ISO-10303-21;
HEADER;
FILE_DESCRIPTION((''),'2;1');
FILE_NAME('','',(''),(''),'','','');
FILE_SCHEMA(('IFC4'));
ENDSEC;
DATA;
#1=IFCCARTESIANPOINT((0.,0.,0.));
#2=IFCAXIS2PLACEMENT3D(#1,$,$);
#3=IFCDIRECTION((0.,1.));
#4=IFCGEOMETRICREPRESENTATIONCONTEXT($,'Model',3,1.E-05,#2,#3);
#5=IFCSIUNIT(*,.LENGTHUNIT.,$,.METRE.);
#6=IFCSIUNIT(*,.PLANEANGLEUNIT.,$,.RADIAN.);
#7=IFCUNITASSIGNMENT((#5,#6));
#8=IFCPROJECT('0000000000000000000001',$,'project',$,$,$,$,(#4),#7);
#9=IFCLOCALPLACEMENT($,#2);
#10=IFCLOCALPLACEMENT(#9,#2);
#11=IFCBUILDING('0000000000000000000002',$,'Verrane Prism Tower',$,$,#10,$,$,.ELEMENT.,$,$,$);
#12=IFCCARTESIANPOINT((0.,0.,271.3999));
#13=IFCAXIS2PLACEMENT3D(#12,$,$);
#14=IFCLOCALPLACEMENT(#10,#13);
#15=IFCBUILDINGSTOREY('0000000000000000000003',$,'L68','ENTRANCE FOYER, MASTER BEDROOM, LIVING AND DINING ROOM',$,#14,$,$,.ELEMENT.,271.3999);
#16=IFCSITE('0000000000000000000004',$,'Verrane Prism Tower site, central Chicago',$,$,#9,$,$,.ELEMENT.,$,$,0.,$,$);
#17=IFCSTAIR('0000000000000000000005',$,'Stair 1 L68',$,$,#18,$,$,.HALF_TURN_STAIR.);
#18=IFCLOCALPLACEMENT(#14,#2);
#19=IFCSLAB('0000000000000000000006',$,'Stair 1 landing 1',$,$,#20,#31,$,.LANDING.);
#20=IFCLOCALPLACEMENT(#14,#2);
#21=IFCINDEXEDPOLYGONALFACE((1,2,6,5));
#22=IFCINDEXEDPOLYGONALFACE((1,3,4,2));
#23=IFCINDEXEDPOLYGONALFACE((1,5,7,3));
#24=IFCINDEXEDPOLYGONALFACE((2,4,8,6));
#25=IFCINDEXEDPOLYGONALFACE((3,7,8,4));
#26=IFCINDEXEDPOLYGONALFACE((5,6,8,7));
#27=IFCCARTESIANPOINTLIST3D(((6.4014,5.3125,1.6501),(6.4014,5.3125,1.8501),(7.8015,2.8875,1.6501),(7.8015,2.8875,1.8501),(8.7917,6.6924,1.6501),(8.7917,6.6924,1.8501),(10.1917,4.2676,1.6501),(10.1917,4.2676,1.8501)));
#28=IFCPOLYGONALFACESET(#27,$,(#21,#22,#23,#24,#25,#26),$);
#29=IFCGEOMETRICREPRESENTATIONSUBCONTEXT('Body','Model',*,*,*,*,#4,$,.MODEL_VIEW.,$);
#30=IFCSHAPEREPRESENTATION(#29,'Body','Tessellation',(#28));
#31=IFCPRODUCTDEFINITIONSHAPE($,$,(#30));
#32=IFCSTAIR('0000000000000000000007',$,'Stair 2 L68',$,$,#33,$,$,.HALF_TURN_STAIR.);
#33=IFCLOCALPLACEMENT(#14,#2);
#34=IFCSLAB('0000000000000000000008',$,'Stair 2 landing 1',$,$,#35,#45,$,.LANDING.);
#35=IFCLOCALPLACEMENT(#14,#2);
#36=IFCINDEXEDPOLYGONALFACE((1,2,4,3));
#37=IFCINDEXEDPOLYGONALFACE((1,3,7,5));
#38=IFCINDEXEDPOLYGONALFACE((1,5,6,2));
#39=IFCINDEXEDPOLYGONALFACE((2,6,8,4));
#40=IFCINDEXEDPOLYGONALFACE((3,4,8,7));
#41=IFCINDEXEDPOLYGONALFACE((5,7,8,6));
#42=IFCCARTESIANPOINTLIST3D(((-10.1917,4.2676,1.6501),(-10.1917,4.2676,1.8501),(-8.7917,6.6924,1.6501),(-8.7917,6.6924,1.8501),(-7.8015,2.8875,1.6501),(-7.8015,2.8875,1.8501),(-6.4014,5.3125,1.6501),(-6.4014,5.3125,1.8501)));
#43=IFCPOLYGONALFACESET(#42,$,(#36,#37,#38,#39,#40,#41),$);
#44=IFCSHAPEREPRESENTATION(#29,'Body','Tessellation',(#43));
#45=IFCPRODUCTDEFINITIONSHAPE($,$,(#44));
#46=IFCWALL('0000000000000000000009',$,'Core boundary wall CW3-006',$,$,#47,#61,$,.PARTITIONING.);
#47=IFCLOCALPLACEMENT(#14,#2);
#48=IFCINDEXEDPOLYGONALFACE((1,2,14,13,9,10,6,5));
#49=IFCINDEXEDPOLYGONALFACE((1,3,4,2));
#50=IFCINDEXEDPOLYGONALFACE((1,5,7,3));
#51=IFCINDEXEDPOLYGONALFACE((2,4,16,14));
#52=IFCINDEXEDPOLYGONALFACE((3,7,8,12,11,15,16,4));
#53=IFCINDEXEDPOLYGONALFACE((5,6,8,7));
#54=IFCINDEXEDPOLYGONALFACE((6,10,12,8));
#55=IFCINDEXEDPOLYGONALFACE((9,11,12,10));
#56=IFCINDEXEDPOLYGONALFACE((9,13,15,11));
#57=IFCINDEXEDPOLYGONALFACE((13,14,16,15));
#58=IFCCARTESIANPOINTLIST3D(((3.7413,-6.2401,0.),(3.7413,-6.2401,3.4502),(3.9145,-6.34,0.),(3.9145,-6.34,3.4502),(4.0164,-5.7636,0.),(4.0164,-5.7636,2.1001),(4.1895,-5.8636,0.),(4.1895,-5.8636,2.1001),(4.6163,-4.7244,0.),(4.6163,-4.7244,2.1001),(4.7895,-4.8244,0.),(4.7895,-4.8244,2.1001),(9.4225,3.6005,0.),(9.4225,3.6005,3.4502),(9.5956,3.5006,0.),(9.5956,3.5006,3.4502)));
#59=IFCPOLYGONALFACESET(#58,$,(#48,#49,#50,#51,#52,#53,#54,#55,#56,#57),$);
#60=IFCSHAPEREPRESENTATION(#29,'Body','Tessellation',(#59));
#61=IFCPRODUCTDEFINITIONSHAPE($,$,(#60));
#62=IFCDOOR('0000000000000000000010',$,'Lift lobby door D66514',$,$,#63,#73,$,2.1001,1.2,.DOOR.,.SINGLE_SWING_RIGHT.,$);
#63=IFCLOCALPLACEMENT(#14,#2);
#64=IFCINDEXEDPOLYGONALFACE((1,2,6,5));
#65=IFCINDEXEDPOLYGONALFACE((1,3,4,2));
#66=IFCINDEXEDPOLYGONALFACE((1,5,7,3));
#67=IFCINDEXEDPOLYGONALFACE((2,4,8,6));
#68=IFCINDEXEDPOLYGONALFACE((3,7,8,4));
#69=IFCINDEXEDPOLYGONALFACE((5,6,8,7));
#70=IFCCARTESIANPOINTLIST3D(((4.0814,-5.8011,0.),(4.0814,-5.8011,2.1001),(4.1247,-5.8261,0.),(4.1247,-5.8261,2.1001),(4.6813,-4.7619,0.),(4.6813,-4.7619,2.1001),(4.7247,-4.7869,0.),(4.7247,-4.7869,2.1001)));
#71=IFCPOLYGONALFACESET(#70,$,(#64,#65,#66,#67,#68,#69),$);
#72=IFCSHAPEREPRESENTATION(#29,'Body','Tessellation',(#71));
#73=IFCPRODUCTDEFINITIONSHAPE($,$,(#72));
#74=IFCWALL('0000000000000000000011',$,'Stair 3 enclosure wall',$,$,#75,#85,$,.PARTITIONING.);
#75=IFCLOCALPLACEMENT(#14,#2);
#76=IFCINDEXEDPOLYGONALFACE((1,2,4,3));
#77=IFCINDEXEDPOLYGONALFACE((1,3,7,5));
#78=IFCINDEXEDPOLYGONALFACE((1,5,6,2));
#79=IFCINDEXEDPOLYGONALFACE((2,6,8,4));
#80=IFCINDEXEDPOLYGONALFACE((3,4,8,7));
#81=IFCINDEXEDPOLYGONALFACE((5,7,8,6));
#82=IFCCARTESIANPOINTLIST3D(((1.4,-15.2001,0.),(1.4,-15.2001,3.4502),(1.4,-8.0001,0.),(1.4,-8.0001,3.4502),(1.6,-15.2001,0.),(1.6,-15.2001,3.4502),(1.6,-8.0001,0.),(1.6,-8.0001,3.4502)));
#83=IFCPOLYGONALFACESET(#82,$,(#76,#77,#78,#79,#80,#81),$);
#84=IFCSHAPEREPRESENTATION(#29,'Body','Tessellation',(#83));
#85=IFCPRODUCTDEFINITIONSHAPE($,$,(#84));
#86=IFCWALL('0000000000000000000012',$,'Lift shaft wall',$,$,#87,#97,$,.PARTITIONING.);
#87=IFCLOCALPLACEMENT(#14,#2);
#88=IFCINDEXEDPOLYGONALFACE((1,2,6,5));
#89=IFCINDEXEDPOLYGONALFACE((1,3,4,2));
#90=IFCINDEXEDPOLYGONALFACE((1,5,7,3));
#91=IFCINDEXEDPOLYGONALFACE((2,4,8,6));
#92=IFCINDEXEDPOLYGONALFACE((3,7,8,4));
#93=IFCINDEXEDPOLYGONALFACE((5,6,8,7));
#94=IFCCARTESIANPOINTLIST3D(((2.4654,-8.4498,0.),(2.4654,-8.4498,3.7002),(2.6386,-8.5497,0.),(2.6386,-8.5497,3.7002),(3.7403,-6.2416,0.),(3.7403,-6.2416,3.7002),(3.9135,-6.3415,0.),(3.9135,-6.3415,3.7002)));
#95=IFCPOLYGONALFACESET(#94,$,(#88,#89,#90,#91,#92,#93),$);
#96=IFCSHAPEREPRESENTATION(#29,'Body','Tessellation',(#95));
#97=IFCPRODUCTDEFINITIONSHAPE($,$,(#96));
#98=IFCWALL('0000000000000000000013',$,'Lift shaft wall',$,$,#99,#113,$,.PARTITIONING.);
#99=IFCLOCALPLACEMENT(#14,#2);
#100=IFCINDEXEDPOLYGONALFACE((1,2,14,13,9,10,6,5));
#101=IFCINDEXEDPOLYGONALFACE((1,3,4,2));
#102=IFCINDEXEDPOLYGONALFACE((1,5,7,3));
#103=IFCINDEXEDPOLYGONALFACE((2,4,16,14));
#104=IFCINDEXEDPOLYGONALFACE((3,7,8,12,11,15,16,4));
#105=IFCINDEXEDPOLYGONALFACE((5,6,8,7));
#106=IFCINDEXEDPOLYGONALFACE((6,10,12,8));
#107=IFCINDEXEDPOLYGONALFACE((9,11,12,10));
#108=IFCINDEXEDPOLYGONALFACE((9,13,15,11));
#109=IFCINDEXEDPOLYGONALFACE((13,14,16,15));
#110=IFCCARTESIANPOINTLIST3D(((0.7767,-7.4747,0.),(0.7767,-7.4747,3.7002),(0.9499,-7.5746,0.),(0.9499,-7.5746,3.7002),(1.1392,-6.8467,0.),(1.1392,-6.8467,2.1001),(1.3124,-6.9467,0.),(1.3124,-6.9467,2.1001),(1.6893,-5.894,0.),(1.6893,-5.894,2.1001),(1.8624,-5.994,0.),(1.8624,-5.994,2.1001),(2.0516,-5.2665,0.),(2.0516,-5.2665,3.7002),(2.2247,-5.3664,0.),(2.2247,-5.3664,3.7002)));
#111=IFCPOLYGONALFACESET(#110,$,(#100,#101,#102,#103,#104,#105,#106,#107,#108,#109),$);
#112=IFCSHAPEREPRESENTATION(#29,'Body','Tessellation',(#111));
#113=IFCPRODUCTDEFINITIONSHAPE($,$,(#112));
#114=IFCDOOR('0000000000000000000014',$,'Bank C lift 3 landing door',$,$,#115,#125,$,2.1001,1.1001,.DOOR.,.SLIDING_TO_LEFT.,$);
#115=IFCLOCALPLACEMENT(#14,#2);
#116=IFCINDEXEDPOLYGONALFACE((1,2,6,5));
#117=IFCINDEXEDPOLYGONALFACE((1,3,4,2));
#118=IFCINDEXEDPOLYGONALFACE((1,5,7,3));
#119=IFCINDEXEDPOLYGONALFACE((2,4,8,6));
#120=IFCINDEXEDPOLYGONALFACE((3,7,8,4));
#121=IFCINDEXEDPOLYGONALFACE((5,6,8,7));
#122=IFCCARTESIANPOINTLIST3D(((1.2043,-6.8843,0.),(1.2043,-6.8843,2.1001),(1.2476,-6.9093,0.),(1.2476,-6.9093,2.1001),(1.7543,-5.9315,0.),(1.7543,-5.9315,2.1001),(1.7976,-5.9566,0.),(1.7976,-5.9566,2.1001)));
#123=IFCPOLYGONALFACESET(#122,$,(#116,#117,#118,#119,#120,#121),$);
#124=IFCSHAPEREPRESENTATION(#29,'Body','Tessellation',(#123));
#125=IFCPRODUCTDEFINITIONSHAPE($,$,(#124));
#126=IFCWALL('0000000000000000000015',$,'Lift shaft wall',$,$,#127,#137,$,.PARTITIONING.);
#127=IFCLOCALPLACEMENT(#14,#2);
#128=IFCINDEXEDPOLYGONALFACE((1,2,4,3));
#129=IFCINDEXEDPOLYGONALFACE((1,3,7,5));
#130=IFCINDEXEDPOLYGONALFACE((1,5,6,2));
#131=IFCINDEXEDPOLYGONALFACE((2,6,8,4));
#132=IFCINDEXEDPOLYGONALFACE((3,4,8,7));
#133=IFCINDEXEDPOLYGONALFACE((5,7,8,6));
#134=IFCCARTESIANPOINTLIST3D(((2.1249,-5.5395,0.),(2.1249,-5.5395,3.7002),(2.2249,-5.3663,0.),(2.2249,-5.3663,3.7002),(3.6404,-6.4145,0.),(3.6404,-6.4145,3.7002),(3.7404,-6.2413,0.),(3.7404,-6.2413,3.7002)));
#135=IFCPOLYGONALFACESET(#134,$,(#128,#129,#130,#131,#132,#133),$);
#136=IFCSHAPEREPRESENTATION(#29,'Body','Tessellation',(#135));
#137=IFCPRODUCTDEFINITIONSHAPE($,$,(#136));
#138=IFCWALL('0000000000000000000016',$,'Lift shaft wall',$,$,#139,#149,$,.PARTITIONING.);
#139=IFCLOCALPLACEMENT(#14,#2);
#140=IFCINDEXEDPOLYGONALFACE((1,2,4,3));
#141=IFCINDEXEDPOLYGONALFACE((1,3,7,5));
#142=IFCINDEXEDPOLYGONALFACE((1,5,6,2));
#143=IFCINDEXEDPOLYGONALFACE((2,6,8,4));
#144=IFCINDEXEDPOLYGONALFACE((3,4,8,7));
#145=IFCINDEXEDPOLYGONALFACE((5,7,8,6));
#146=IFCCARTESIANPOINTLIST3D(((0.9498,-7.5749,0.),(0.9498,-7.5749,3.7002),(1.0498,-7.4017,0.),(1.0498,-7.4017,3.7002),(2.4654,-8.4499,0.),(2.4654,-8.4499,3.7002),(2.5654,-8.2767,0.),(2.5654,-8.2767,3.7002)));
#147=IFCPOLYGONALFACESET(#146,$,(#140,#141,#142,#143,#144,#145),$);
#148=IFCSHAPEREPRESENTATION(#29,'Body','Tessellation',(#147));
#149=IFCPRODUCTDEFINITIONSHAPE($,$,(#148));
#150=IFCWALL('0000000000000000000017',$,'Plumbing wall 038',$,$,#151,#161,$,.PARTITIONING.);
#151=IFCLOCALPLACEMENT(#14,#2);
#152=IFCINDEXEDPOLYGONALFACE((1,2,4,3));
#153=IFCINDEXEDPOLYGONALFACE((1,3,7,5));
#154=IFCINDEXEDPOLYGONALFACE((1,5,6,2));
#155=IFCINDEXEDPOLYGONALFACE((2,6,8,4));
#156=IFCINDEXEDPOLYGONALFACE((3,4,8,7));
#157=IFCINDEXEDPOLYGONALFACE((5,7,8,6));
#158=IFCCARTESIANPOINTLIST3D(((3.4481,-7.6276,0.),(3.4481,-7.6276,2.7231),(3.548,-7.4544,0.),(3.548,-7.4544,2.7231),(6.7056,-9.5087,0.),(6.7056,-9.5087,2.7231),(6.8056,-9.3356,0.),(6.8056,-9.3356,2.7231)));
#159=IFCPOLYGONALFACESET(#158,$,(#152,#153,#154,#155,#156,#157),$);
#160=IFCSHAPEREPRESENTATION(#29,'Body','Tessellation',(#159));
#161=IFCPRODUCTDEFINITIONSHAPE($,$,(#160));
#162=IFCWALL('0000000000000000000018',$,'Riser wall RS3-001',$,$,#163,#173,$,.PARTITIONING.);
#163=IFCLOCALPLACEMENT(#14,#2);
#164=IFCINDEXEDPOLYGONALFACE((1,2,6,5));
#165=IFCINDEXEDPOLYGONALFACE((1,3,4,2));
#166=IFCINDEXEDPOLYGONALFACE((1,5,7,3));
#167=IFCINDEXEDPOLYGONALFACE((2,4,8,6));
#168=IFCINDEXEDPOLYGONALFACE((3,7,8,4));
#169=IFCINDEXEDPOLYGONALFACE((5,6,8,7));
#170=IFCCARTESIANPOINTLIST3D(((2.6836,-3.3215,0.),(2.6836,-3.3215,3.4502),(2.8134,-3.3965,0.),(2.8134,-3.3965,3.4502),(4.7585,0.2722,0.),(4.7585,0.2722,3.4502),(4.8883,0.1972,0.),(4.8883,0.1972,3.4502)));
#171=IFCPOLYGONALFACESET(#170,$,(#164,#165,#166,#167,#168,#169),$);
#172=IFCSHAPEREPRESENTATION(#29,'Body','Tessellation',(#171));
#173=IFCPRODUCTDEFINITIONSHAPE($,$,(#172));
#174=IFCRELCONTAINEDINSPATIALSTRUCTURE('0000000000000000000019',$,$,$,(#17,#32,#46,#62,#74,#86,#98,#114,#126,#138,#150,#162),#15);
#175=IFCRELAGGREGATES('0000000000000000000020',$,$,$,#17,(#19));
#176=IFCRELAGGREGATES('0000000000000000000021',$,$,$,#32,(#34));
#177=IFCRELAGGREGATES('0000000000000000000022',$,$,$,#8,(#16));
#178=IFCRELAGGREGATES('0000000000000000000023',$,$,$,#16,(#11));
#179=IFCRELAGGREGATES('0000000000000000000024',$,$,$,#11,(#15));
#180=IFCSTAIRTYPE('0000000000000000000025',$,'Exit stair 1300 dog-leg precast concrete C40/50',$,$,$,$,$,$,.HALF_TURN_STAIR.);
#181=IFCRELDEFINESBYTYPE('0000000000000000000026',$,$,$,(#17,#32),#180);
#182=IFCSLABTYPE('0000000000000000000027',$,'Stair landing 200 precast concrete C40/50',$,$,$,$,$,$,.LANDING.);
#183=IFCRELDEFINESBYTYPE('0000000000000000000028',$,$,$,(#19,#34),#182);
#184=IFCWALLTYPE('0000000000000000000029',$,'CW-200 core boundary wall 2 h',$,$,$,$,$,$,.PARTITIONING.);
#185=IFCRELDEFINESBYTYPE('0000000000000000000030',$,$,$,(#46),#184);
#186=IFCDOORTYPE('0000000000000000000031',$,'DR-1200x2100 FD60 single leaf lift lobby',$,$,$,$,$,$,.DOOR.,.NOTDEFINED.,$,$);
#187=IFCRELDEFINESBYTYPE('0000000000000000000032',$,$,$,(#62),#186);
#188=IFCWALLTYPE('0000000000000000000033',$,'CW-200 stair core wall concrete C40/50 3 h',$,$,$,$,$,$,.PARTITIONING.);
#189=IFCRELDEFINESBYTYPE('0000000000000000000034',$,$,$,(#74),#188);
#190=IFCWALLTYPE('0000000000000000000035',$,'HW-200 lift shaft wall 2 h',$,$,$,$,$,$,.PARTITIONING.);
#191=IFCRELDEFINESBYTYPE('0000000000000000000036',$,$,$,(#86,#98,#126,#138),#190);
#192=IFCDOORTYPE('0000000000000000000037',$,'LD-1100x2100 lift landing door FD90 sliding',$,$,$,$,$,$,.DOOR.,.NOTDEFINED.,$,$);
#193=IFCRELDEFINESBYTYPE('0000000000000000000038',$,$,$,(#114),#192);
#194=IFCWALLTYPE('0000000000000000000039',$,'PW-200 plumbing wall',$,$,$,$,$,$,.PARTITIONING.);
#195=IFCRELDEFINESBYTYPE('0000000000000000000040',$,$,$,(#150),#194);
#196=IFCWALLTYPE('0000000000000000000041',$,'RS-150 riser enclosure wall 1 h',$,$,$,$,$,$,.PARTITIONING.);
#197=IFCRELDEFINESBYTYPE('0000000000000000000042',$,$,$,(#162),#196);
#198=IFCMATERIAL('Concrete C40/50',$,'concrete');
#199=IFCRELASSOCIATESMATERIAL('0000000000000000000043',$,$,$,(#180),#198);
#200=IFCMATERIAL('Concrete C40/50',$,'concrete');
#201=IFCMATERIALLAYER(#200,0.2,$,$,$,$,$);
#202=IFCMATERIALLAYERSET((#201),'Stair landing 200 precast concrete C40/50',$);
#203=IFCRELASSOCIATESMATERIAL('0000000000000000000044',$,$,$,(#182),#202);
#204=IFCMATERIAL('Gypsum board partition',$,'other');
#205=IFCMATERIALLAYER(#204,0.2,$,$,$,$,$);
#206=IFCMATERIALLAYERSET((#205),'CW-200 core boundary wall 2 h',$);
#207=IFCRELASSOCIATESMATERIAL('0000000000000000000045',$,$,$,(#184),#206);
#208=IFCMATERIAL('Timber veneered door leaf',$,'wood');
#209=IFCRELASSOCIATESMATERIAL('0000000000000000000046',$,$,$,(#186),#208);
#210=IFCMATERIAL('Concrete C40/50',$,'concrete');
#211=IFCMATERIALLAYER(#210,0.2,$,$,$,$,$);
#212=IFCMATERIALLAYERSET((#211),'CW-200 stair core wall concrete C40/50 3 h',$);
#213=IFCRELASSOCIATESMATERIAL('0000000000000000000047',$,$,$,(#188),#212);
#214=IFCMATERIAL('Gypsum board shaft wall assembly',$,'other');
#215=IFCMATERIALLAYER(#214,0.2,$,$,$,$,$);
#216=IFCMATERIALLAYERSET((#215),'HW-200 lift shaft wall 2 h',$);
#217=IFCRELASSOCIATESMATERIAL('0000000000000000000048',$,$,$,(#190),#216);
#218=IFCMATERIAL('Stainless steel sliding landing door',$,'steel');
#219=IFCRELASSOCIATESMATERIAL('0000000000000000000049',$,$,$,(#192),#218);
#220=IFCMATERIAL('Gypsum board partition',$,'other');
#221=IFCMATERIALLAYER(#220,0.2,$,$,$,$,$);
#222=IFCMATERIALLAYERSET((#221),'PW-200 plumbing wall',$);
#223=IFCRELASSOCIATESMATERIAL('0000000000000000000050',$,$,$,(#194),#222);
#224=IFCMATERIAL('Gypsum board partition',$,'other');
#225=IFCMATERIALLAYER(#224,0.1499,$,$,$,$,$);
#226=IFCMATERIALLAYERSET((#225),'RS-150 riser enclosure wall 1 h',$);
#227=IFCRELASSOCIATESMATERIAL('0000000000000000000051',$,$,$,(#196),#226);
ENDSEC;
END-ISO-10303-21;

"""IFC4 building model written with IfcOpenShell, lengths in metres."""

from ifc_helpers import new_model, si_unit, direction, frame, frame_2d, origin, place, context, subcontext, project, spatial, polyline, rectangle, outline, extrude, material, layer, layer_set, type_object, element, fill, aggregate, save


model = new_model("IFC4")

# Units and contexts
model_context = context("Model", 3, precision=1e-05, world=origin(), true_north=direction((0.0, 1.0)))
body_context = subcontext(model_context, "Body", "Model", "MODEL_VIEW")
ifc_project = project(units=[si_unit("LENGTHUNIT", "METRE"), si_unit("PLANEANGLEUNIT", "RADIAN")], contexts=[model_context])

# Site, building, storey
site_placement = place(None, origin())
site = spatial("IfcSite", under=ifc_project, at=site_placement, Name="Verrane Prism Tower site, central Chicago", CompositionType="ELEMENT", RefElevation=0.0)
building_placement = place(site_placement, origin())
building = spatial("IfcBuilding", under=site, at=building_placement, Name="Verrane Prism Tower", CompositionType="ELEMENT")
storey_placement = place(building_placement, frame((0.0, 0.0, 271.3999)))
storey = spatial("IfcBuildingStorey", under=building, at=storey_placement, Name="L68", Description="ENTRANCE FOYER, MASTER BEDROOM, LIVING AND DINING ROOM", CompositionType="ELEMENT", Elevation=271.3999)

# Stairs, slabs
ifc_material_1 = material(Name="Concrete C40/50", Category="concrete")
stair_type = type_object("IfcStairType", Name="Exit stair 1300 dog-leg precast concrete C40/50", PredefinedType="HALF_TURN_STAIR", material=ifc_material_1)
stair_1_placement = place(storey_placement, origin())
stair_1 = element("IfcStair", 1, at=stair_1_placement, inside=storey, type_object=stair_type, Name="Stair 1 L68", PredefinedType="HALF_TURN_STAIR")
ifc_material_2 = material(Name="Concrete C40/50", Category="concrete")
ifc_layer_1 = layer(ifc_material_2, 0.2)
ifc_layer_set_1 = layer_set([ifc_layer_1], Name="Stair landing 200 precast concrete C40/50")
slab_type = type_object("IfcSlabType", Name="Stair landing 200 precast concrete C40/50", PredefinedType="LANDING", material=ifc_layer_set_1)
slab_1_placement = place(storey_placement, frame((0.0, 0.0, 1.6501)))
slab_1 = element("IfcSlab", 2, at=slab_1_placement, type_object=slab_type, Name="Stair 1 landing 1", PredefinedType="LANDING", context=body_context, shape_type="SweptSolid", body=[
    extrude(outline(polyline([(8.7917, 6.6924), (6.4014, 5.3125), (7.8015, 2.8875), (10.1917, 4.2676), (8.7917, 6.6924)])), origin(), (0.0, 0.0, 1.0), 0.2),
])
aggregate(stair_1, [slab_1])
stair_2_placement = place(storey_placement, origin())
stair_2 = element("IfcStair", 3, at=stair_2_placement, inside=storey, type_object=stair_type, Name="Stair 2 L68", PredefinedType="HALF_TURN_STAIR")
slab_2_placement = place(storey_placement, frame((0.0, 0.0, 1.6501)))
slab_2 = element("IfcSlab", 4, at=slab_2_placement, type_object=slab_type, Name="Stair 2 landing 1", PredefinedType="LANDING", context=body_context, shape_type="SweptSolid", body=[
    extrude(outline(polyline([(-10.1917, 4.2676), (-7.8015, 2.8875), (-6.4014, 5.3125), (-8.7917, 6.6924), (-10.1917, 4.2676)])), origin(), (0.0, 0.0, 1.0), 0.2),
])
aggregate(stair_2, [slab_2])

# Wall, opening, door
ifc_material_3 = material(Name="Gypsum board partition", Category="other")
ifc_layer_2 = layer(ifc_material_3, 0.2)
ifc_layer_set_2 = layer_set([ifc_layer_2], Name="CW-200 core boundary wall 2 h")
wall_type_1 = type_object("IfcWallType", Name="CW-200 core boundary wall 2 h", PredefinedType="PARTITIONING", material=ifc_layer_set_2)
wall_1_placement = place(storey_placement, frame((3.8279, -6.29, 0.0), z_axis=(0.0, 0.0, 1.0), x_axis=(0.49998, 0.866037, 0.0)))
wall_1 = element("IfcWall", 5, at=wall_1_placement, inside=storey, type_object=wall_type_1, Name="Core boundary wall CW3-006", PredefinedType="PARTITIONING", context=body_context, shape_type="SweptSolid", body=[
    extrude(rectangle(XDim=11.3628, YDim=0.2, at=frame_2d((5.6814, 0.0))), origin(), (0.0, 0.0, 1.0), 3.4502),
])
opening_1_placement = place(wall_1_placement, frame((0.55, 0.0, 0.0)))
opening_1 = element("IfcOpeningElement", 6, at=opening_1_placement, cuts=wall_1, PredefinedType="OPENING", context=body_context, shape_type="SweptSolid", body=[
    extrude(rectangle(XDim=1.2, YDim=2.1001, at=frame_2d((0.6001, 1.05))), frame((0.0, 0.1099, 0.0), z_axis=(0.0, -1.0, 0.0), x_axis=(1.0, 0.0, 0.0)), (0.0, 0.0, 1.0), 0.22),
])
ifc_material_4 = material(Name="Timber veneered door leaf", Category="wood")
door_type_1 = type_object("IfcDoorType", Name="DR-1200x2100 FD60 single leaf lift lobby", OperationType="NOTDEFINED", PredefinedType="DOOR", material=ifc_material_4)
door_1_placement = place(opening_1_placement, origin())
door_1 = element("IfcDoor", 7, at=door_1_placement, inside=storey, type_object=door_type_1, Name="Lift lobby door D66514", OperationType="SINGLE_SWING_RIGHT", OverallHeight=2.1001, OverallWidth=1.2, PredefinedType="DOOR", context=body_context, shape_type="SweptSolid", body=[
    extrude(rectangle(XDim=1.2, YDim=2.1001, at=frame_2d((0.6001, 1.05))), frame((0.0, 0.0249, 0.0), z_axis=(0.0, -1.0, 0.0), x_axis=(1.0, 0.0, 0.0)), (0.0, 0.0, 1.0), 0.05),
])
fill(opening_1, door_1)

# Walls
ifc_material_5 = material(Name="Concrete C40/50", Category="concrete")
ifc_layer_3 = layer(ifc_material_5, 0.2)
ifc_layer_set_3 = layer_set([ifc_layer_3], Name="CW-200 stair core wall concrete C40/50 3 h")
wall_type_2 = type_object("IfcWallType", Name="CW-200 stair core wall concrete C40/50 3 h", PredefinedType="PARTITIONING", material=ifc_layer_set_3)
wall_2_placement = place(storey_placement, frame((1.5, -8.0, 0.0), z_axis=(0.0, 0.0, 1.0), x_axis=(0.0, -1.0, 0.0)))
element("IfcWall", 8, at=wall_2_placement, inside=storey, type_object=wall_type_2, Name="Stair 3 enclosure wall", PredefinedType="PARTITIONING", context=body_context, shape_type="SweptSolid", body=[
    extrude(rectangle(XDim=7.2, YDim=0.2, at=frame_2d((3.6001, 0.0))), origin(), (0.0, 0.0, 1.0), 3.4502),
])
ifc_material_6 = material(Name="Gypsum board shaft wall assembly", Category="other")
ifc_layer_4 = layer(ifc_material_6, 0.2)
ifc_layer_set_4 = layer_set([ifc_layer_4], Name="HW-200 lift shaft wall 2 h")
wall_type_3 = type_object("IfcWallType", Name="HW-200 lift shaft wall 2 h", PredefinedType="PARTITIONING", material=ifc_layer_set_4)
wall_3_placement = place(storey_placement, frame((2.552, -8.4998, 0.0), z_axis=(0.0, 0.0, 1.0), x_axis=(0.49999, 0.866031, 0.0)))
element("IfcWall", 9, at=wall_3_placement, inside=storey, type_object=wall_type_3, Name="Lift shaft wall", PredefinedType="PARTITIONING", context=body_context, shape_type="SweptSolid", body=[
    extrude(rectangle(XDim=2.5498, YDim=0.2, at=frame_2d((1.2749, 0.0))), origin(), (0.0, 0.0, 1.0), 3.7002),
])

# Wall, opening, door
wall_4_placement = place(storey_placement, frame((0.8633, -7.5247, 0.0), z_axis=(0.0, 0.0, 1.0), x_axis=(0.49999, 0.866031, 0.0)))
wall_4 = element("IfcWall", 10, at=wall_4_placement, inside=storey, type_object=wall_type_3, Name="Lift shaft wall", PredefinedType="PARTITIONING", context=body_context, shape_type="SweptSolid", body=[
    extrude(rectangle(XDim=2.5498, YDim=0.2, at=frame_2d((1.2749, 0.0))), origin(), (0.0, 0.0, 1.0), 3.7002),
])
opening_2_placement = place(wall_4_placement, frame((0.7251, 0.0, 0.0)))
opening_2 = element("IfcOpeningElement", 11, at=opening_2_placement, cuts=wall_4, PredefinedType="OPENING", context=body_context, shape_type="SweptSolid", body=[
    extrude(rectangle(XDim=1.1001, YDim=2.1001, at=frame_2d((0.55, 1.05))), frame((0.0, 0.1099, 0.0), z_axis=(0.0, -1.0, 0.0), x_axis=(1.0, 0.0, 0.0)), (0.0, 0.0, 1.0), 0.22),
])
ifc_material_7 = material(Name="Stainless steel sliding landing door", Category="steel")
door_type_2 = type_object("IfcDoorType", Name="LD-1100x2100 lift landing door FD90 sliding", OperationType="NOTDEFINED", PredefinedType="DOOR", material=ifc_material_7)
door_2_placement = place(opening_2_placement, origin())
door_2 = element("IfcDoor", 12, at=door_2_placement, inside=storey, type_object=door_type_2, Name="Bank C lift 3 landing door", OperationType="SLIDING_TO_LEFT", OverallHeight=2.1001, OverallWidth=1.1001, PredefinedType="DOOR", context=body_context, shape_type="SweptSolid", body=[
    extrude(rectangle(XDim=1.1001, YDim=2.1001, at=frame_2d((0.55, 1.05))), frame((0.0, 0.0249, 0.0), z_axis=(0.0, -1.0, 0.0), x_axis=(1.0, 0.0, 0.0)), (0.0, 0.0, 1.0), 0.05),
])
fill(opening_2, door_2)

# Walls
for number, where, z_axis, x_axis, name in (
    (13, (3.6904, -6.3279, 0.0), (0.0, 0.0, 1.0), (-0.866037, 0.49998, 0.0), "Lift shaft wall"),
    (14, (2.5154, -8.3633, 0.0), (0.0, 0.0, 1.0), (-0.866037, 0.49998, 0.0), "Lift shaft wall"),
):
    element("IfcWall", number, at=place(storey_placement, frame(where, z_axis=z_axis, x_axis=x_axis)), inside=storey, type_object=wall_type_3, Name=name, PredefinedType="PARTITIONING", context=body_context, shape_type="SweptSolid", body=[
        extrude(rectangle(XDim=1.75, YDim=0.2, at=frame_2d((0.875, 0.0))), origin(), (0.0, 0.0, 1.0), 3.7002),
    ])
ifc_material_8 = material(Name="Gypsum board partition", Category="other")
ifc_layer_5 = layer(ifc_material_8, 0.2)
ifc_layer_set_5 = layer_set([ifc_layer_5], Name="PW-200 plumbing wall")
wall_type_4 = type_object("IfcWallType", Name="PW-200 plumbing wall", PredefinedType="PARTITIONING", material=ifc_layer_set_5)
wall_5_placement = place(storey_placement, frame((3.498, -7.541, 0.0), z_axis=(0.0, 0.0, 1.0), x_axis=(0.865986, -0.500069, 0.0)))
element("IfcWall", 15, at=wall_5_placement, inside=storey, type_object=wall_type_4, Name="Plumbing wall 038", PredefinedType="PARTITIONING", context=body_context, shape_type="SweptSolid", body=[
    extrude(rectangle(XDim=3.7617, YDim=0.2, at=frame_2d((1.8809, 0.0))), origin(), (0.0, 0.0, 1.0), 2.7231),
])
ifc_material_9 = material(Name="Gypsum board partition", Category="other")
ifc_layer_6 = layer(ifc_material_9, 0.1499)
ifc_layer_set_6 = layer_set([ifc_layer_6], Name="RS-150 riser enclosure wall 1 h")
wall_type_5 = type_object("IfcWallType", Name="RS-150 riser enclosure wall 1 h", PredefinedType="PARTITIONING", material=ifc_layer_set_6)
wall_6_placement = place(storey_placement, frame((2.7485, -3.3589, 0.0), z_axis=(0.0, 0.0, 1.0), x_axis=(0.500018, 0.866015, 0.0)))
element("IfcWall", 16, at=wall_6_placement, inside=storey, type_object=wall_type_5, Name="Riser wall RS3-001", PredefinedType="PARTITIONING", context=body_context, shape_type="SweptSolid", body=[
    extrude(rectangle(XDim=4.1497, YDim=0.1499, at=frame_2d((2.0747, 0.0))), origin(), (0.0, 0.0, 1.0), 3.4502),
])

save(model, "model.ifc")
